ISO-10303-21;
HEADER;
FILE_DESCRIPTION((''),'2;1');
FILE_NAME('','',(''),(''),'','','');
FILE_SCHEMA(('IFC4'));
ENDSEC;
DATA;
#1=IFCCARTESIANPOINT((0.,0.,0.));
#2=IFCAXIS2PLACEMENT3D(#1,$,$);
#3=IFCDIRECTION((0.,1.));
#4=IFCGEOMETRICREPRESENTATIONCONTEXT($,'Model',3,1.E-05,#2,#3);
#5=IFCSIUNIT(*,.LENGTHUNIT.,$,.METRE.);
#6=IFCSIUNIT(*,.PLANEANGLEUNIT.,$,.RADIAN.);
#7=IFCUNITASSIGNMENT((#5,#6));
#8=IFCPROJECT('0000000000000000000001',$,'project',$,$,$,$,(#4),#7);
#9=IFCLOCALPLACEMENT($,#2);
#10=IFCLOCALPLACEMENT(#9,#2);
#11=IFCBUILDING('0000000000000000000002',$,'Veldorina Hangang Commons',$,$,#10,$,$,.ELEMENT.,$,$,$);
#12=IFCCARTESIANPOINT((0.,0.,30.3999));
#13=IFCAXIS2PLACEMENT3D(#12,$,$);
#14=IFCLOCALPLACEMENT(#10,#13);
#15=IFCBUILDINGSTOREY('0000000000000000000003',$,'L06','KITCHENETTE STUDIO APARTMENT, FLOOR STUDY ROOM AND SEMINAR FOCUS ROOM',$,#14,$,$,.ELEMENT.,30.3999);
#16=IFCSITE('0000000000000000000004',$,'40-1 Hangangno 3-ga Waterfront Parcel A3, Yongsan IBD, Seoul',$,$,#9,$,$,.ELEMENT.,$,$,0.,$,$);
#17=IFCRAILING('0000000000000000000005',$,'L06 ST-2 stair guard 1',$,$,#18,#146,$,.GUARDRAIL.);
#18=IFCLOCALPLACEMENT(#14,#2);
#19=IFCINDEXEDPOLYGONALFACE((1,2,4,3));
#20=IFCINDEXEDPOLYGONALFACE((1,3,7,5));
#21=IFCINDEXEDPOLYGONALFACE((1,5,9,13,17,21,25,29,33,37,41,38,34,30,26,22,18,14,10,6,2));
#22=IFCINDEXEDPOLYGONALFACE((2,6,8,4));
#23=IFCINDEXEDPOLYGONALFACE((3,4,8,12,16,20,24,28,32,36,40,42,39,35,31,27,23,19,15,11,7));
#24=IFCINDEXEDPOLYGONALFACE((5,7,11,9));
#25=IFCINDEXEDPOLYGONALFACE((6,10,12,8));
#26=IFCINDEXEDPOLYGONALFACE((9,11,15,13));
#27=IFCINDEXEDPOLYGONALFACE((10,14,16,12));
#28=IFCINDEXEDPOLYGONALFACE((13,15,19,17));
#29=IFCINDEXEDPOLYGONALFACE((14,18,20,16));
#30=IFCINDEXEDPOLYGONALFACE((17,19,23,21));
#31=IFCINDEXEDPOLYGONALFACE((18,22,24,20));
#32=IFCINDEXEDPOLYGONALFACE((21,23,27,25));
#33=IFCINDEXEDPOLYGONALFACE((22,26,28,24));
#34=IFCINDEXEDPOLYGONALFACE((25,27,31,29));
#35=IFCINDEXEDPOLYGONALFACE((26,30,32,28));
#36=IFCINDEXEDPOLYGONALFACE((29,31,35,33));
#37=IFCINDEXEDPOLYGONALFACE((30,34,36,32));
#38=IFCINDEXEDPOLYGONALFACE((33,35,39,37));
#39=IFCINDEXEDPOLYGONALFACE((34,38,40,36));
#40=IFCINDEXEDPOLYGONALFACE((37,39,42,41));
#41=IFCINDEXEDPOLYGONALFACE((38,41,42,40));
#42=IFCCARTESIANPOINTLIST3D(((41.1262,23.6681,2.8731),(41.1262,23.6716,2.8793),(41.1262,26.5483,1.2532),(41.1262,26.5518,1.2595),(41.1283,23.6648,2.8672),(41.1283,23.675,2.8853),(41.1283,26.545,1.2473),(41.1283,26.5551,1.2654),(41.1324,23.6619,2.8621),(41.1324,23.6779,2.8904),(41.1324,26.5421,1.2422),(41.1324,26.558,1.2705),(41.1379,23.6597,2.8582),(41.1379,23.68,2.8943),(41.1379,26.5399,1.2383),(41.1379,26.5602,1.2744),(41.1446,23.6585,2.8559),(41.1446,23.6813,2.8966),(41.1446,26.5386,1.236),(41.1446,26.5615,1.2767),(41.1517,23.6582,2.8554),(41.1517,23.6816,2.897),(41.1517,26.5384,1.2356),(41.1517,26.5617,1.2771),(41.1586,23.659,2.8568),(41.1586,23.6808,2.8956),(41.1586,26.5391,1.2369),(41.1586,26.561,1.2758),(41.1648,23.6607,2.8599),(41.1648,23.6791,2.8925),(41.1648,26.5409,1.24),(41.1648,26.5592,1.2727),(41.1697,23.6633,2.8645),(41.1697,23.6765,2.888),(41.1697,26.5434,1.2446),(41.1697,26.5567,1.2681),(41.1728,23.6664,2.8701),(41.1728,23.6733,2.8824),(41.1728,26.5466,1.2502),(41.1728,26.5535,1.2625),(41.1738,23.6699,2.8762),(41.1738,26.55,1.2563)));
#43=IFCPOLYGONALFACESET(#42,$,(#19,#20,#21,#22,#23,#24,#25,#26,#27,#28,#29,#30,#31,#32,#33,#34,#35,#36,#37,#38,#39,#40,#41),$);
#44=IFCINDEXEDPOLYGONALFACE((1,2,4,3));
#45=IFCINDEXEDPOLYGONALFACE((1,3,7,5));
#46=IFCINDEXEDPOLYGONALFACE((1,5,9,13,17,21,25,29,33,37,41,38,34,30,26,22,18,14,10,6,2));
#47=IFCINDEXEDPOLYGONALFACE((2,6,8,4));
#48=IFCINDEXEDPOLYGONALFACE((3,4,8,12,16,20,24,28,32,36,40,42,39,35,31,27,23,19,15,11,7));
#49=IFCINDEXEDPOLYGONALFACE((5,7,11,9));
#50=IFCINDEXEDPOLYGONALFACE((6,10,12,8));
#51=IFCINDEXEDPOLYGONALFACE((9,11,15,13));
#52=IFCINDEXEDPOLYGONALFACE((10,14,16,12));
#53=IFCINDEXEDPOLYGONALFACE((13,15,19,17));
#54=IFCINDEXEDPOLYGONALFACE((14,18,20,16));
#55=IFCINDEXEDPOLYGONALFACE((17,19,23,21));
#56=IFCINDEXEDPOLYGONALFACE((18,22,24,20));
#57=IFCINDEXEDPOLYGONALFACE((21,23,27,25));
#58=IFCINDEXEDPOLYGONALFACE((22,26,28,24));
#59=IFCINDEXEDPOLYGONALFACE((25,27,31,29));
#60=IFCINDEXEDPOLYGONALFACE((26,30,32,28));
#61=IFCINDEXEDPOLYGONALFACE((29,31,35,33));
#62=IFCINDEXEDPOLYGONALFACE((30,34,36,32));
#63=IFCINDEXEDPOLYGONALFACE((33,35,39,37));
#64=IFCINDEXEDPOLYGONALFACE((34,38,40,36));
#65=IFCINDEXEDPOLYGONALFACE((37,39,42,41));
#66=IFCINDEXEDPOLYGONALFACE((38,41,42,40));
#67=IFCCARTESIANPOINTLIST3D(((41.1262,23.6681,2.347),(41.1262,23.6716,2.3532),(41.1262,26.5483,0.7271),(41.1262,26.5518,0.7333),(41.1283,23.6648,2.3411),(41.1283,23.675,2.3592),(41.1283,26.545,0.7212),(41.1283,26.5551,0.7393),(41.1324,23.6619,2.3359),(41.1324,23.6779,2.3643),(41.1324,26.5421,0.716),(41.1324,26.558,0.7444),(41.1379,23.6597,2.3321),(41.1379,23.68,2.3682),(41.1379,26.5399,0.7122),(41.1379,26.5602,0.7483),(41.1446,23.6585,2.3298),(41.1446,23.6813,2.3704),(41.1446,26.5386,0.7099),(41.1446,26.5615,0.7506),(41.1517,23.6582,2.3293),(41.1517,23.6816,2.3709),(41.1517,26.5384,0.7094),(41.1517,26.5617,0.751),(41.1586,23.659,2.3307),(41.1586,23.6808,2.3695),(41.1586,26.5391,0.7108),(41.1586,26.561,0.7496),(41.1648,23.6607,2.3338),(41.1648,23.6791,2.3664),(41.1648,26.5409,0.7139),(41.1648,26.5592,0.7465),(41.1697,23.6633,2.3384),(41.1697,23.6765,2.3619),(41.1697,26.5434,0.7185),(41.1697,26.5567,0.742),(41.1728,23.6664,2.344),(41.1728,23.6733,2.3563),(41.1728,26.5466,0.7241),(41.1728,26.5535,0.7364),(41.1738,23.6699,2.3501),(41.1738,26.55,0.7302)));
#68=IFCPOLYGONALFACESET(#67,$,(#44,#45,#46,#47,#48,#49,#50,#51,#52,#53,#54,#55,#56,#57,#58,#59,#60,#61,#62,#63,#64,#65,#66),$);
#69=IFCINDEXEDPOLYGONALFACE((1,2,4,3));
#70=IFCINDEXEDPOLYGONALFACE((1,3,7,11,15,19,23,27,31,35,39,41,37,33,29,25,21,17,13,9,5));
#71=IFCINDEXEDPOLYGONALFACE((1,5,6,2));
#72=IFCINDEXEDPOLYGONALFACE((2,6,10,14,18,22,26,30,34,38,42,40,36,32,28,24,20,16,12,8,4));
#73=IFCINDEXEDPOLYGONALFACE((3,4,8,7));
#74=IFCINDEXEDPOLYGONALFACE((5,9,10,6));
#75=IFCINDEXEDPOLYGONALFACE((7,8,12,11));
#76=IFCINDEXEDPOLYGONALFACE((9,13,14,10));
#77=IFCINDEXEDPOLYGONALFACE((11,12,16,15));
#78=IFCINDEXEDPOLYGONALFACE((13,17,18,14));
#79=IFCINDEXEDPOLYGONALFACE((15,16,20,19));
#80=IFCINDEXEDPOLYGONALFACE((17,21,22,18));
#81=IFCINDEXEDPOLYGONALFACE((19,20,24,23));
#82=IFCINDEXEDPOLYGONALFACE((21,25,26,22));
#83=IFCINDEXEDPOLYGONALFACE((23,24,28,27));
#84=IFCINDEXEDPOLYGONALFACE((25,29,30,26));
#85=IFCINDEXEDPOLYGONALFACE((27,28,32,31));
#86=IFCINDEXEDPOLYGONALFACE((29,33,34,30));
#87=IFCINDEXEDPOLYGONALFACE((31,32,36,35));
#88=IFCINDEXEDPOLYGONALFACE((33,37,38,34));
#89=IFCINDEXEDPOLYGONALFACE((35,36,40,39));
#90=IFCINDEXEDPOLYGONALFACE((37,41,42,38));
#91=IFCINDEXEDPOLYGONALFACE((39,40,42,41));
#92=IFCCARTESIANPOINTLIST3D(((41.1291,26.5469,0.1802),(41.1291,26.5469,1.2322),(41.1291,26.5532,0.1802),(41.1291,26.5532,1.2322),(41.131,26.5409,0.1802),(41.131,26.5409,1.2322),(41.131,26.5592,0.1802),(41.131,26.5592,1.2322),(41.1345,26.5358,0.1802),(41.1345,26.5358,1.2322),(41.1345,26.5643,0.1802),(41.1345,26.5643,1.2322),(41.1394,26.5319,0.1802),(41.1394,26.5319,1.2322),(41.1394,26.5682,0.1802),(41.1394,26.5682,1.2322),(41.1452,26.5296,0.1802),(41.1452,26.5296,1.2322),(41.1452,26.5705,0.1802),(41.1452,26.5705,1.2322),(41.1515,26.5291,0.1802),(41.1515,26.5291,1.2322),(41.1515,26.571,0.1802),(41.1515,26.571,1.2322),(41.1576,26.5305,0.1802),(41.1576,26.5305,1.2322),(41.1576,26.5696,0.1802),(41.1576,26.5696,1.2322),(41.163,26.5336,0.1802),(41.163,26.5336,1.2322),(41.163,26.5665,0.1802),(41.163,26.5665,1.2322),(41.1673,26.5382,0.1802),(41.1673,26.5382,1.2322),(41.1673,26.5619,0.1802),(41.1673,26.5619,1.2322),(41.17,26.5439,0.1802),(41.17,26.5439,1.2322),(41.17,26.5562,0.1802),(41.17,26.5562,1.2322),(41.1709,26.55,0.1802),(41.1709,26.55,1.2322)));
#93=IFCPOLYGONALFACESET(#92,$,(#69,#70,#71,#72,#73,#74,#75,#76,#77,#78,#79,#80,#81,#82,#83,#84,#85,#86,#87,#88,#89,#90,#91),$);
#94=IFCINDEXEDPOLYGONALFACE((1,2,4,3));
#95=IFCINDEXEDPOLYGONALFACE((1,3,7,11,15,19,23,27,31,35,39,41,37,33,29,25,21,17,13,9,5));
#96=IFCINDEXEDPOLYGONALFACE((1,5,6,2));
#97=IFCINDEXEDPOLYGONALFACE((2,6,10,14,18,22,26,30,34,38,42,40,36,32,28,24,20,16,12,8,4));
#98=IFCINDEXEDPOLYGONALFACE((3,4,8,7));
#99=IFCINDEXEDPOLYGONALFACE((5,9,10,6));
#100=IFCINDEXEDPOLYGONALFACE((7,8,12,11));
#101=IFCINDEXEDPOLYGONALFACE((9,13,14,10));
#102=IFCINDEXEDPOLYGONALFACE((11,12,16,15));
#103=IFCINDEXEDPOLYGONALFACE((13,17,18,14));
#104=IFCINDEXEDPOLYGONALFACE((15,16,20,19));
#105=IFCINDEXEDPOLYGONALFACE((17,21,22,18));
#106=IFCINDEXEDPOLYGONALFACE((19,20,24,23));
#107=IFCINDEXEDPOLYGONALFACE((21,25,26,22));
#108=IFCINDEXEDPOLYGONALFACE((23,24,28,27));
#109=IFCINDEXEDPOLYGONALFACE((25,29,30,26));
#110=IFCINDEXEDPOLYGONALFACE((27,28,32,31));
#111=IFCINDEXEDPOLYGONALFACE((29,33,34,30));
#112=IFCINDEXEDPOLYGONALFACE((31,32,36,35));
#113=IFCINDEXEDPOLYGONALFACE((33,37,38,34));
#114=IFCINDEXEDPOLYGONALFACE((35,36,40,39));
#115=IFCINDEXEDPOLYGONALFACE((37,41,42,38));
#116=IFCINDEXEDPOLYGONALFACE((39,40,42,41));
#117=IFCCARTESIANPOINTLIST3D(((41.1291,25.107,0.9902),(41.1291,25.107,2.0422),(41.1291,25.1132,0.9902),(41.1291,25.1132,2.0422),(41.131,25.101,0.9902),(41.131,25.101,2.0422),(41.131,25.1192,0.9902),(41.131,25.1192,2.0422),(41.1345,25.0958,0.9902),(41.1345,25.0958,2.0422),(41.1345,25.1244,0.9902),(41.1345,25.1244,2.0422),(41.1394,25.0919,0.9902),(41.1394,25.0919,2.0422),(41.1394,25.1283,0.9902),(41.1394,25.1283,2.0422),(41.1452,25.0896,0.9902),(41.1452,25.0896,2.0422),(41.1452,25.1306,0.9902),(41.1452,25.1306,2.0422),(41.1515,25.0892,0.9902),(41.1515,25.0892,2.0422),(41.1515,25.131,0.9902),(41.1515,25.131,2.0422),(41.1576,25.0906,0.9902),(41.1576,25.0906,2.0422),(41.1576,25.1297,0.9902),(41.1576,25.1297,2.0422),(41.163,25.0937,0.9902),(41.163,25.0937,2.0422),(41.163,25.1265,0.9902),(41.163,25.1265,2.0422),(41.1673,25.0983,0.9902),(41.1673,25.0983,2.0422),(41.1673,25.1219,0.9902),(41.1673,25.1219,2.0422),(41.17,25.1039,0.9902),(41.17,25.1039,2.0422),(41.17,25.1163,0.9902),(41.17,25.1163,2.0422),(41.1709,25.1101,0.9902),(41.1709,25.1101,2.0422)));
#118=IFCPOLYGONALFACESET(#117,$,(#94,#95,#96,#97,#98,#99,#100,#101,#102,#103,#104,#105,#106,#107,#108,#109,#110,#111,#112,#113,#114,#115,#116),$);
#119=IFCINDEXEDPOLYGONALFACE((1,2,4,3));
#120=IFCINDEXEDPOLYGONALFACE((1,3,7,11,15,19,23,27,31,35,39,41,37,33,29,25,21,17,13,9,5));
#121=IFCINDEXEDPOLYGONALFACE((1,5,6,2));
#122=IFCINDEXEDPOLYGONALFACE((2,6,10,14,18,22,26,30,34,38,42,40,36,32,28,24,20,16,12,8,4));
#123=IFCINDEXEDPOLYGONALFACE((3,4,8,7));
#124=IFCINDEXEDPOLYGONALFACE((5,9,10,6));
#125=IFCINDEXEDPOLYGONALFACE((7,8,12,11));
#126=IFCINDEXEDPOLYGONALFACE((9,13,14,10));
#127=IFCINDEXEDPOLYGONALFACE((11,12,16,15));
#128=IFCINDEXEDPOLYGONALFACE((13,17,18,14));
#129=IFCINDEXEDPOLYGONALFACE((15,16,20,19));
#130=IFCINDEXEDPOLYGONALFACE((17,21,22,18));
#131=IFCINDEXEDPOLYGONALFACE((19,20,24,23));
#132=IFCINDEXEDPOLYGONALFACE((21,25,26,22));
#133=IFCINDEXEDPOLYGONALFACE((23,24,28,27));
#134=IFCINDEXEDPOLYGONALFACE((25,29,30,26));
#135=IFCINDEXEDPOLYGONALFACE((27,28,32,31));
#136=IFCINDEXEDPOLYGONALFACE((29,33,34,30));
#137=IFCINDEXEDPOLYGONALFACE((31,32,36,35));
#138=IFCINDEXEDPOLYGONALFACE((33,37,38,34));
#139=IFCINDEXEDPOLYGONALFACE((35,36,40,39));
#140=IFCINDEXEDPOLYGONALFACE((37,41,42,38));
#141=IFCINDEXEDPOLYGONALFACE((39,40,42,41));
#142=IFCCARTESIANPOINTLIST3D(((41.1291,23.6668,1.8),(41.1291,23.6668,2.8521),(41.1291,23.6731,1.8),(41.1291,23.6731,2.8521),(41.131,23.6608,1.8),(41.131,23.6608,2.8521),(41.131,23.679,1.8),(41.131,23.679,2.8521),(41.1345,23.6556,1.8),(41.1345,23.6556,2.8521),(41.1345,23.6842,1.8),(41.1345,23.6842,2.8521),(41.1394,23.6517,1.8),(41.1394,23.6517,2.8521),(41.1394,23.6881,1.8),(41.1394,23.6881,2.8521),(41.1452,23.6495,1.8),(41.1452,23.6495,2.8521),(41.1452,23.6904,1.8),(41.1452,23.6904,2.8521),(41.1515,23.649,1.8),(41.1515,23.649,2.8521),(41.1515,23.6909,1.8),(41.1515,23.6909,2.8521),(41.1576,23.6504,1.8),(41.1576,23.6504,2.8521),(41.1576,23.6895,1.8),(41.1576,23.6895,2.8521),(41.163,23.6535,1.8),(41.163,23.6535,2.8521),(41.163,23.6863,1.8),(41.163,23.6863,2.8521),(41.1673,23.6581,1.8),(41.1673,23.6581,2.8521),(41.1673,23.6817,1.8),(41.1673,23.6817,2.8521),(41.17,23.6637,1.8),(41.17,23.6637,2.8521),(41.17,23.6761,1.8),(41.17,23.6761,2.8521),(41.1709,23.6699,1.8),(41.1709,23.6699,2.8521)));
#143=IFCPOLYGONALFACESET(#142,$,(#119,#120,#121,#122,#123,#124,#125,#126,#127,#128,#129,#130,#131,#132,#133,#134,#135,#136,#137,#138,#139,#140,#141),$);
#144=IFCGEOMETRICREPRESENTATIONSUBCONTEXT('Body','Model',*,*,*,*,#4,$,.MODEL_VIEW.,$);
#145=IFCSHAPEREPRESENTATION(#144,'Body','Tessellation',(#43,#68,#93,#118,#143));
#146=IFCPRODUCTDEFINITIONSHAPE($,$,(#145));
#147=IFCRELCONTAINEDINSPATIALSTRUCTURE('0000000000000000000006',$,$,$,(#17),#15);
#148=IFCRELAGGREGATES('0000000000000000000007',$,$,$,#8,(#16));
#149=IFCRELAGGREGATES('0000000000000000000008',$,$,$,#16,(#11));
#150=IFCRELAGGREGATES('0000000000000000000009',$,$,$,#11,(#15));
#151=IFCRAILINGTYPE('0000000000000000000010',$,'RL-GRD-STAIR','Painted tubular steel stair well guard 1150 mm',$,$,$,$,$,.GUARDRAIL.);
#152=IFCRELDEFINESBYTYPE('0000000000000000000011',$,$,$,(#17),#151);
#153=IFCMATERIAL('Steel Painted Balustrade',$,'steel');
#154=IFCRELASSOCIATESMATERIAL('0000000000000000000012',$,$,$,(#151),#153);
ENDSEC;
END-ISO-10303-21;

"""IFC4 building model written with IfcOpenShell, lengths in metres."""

from ifc_helpers import new_model, si_unit, direction, frame, origin, origin_2d, place, context, subcontext, project, spatial, circle, extrude, material, type_object, element, save


model = new_model("IFC4")

# Units and contexts
model_context = context("Model", 3, precision=1e-05, world=origin(), true_north=direction((0.0, 1.0)))
body_context = subcontext(model_context, "Body", "Model", "MODEL_VIEW")
ifc_project = project(units=[si_unit("LENGTHUNIT", "METRE"), si_unit("PLANEANGLEUNIT", "RADIAN")], contexts=[model_context])

# Site, building, storey
site_placement = place(None, origin())
site = spatial("IfcSite", under=ifc_project, at=site_placement, Name="40-1 Hangangno 3-ga Waterfront Parcel A3, Yongsan IBD, Seoul", CompositionType="ELEMENT", RefElevation=0.0)
building_placement = place(site_placement, origin())
building = spatial("IfcBuilding", under=site, at=building_placement, Name="Veldorina Hangang Commons", CompositionType="ELEMENT")
storey_placement = place(building_placement, frame((0.0, 0.0, 30.3999)))
storey = spatial("IfcBuildingStorey", under=building, at=storey_placement, Name="L06", Description="KITCHENETTE STUDIO APARTMENT, FLOOR STUDY ROOM AND SEMINAR FOCUS ROOM", CompositionType="ELEMENT", Elevation=30.3999)

# Railing
ifc_material_1 = material(Name="Steel Painted Balustrade", Category="steel")
railing_type_1 = type_object("IfcRailingType", Name="RL-GRD-STAIR", Description="Painted tubular steel stair well guard 1150 mm", PredefinedType="GUARDRAIL", material=ifc_material_1)
railing_1_placement = place(storey_placement, frame((41.1499, 26.55, 0.1802)))
element("IfcRailing", 1, at=railing_1_placement, inside=storey, type_object=railing_type_1, Name="L06 ST-2 stair guard 1", PredefinedType="GUARDRAIL", context=body_context, shape_type="SweptSolid", body=[
    extrude(circle(Radius=0.0239, at=origin_2d()), frame((0.0, 0.0, 1.0762), z_axis=(0.0, -0.871601, 0.490216), x_axis=(1.0, 0.0, 0.0)), (0.0, 0.0, 1.0), 3.3044),
    extrude(circle(Radius=0.0239, at=origin_2d()), frame((0.0, 0.0, 0.55), z_axis=(0.0, -0.871601, 0.490216), x_axis=(1.0, 0.0, 0.0)), (0.0, 0.0, 1.0), 3.3044),
    extrude(circle(Radius=0.021, at=origin_2d()), origin(), (0.0, 0.0, 1.0), 1.052),
    extrude(circle(Radius=0.021, at=origin_2d()), frame((0.0, -1.4399, 0.8101)), (0.0, 0.0, 1.0), 1.052),
    extrude(circle(Radius=0.021, at=origin_2d()), frame((0.0, -2.8801, 1.6199)), (0.0, 0.0, 1.0), 1.052),
])

save(model, "model.ifc")
